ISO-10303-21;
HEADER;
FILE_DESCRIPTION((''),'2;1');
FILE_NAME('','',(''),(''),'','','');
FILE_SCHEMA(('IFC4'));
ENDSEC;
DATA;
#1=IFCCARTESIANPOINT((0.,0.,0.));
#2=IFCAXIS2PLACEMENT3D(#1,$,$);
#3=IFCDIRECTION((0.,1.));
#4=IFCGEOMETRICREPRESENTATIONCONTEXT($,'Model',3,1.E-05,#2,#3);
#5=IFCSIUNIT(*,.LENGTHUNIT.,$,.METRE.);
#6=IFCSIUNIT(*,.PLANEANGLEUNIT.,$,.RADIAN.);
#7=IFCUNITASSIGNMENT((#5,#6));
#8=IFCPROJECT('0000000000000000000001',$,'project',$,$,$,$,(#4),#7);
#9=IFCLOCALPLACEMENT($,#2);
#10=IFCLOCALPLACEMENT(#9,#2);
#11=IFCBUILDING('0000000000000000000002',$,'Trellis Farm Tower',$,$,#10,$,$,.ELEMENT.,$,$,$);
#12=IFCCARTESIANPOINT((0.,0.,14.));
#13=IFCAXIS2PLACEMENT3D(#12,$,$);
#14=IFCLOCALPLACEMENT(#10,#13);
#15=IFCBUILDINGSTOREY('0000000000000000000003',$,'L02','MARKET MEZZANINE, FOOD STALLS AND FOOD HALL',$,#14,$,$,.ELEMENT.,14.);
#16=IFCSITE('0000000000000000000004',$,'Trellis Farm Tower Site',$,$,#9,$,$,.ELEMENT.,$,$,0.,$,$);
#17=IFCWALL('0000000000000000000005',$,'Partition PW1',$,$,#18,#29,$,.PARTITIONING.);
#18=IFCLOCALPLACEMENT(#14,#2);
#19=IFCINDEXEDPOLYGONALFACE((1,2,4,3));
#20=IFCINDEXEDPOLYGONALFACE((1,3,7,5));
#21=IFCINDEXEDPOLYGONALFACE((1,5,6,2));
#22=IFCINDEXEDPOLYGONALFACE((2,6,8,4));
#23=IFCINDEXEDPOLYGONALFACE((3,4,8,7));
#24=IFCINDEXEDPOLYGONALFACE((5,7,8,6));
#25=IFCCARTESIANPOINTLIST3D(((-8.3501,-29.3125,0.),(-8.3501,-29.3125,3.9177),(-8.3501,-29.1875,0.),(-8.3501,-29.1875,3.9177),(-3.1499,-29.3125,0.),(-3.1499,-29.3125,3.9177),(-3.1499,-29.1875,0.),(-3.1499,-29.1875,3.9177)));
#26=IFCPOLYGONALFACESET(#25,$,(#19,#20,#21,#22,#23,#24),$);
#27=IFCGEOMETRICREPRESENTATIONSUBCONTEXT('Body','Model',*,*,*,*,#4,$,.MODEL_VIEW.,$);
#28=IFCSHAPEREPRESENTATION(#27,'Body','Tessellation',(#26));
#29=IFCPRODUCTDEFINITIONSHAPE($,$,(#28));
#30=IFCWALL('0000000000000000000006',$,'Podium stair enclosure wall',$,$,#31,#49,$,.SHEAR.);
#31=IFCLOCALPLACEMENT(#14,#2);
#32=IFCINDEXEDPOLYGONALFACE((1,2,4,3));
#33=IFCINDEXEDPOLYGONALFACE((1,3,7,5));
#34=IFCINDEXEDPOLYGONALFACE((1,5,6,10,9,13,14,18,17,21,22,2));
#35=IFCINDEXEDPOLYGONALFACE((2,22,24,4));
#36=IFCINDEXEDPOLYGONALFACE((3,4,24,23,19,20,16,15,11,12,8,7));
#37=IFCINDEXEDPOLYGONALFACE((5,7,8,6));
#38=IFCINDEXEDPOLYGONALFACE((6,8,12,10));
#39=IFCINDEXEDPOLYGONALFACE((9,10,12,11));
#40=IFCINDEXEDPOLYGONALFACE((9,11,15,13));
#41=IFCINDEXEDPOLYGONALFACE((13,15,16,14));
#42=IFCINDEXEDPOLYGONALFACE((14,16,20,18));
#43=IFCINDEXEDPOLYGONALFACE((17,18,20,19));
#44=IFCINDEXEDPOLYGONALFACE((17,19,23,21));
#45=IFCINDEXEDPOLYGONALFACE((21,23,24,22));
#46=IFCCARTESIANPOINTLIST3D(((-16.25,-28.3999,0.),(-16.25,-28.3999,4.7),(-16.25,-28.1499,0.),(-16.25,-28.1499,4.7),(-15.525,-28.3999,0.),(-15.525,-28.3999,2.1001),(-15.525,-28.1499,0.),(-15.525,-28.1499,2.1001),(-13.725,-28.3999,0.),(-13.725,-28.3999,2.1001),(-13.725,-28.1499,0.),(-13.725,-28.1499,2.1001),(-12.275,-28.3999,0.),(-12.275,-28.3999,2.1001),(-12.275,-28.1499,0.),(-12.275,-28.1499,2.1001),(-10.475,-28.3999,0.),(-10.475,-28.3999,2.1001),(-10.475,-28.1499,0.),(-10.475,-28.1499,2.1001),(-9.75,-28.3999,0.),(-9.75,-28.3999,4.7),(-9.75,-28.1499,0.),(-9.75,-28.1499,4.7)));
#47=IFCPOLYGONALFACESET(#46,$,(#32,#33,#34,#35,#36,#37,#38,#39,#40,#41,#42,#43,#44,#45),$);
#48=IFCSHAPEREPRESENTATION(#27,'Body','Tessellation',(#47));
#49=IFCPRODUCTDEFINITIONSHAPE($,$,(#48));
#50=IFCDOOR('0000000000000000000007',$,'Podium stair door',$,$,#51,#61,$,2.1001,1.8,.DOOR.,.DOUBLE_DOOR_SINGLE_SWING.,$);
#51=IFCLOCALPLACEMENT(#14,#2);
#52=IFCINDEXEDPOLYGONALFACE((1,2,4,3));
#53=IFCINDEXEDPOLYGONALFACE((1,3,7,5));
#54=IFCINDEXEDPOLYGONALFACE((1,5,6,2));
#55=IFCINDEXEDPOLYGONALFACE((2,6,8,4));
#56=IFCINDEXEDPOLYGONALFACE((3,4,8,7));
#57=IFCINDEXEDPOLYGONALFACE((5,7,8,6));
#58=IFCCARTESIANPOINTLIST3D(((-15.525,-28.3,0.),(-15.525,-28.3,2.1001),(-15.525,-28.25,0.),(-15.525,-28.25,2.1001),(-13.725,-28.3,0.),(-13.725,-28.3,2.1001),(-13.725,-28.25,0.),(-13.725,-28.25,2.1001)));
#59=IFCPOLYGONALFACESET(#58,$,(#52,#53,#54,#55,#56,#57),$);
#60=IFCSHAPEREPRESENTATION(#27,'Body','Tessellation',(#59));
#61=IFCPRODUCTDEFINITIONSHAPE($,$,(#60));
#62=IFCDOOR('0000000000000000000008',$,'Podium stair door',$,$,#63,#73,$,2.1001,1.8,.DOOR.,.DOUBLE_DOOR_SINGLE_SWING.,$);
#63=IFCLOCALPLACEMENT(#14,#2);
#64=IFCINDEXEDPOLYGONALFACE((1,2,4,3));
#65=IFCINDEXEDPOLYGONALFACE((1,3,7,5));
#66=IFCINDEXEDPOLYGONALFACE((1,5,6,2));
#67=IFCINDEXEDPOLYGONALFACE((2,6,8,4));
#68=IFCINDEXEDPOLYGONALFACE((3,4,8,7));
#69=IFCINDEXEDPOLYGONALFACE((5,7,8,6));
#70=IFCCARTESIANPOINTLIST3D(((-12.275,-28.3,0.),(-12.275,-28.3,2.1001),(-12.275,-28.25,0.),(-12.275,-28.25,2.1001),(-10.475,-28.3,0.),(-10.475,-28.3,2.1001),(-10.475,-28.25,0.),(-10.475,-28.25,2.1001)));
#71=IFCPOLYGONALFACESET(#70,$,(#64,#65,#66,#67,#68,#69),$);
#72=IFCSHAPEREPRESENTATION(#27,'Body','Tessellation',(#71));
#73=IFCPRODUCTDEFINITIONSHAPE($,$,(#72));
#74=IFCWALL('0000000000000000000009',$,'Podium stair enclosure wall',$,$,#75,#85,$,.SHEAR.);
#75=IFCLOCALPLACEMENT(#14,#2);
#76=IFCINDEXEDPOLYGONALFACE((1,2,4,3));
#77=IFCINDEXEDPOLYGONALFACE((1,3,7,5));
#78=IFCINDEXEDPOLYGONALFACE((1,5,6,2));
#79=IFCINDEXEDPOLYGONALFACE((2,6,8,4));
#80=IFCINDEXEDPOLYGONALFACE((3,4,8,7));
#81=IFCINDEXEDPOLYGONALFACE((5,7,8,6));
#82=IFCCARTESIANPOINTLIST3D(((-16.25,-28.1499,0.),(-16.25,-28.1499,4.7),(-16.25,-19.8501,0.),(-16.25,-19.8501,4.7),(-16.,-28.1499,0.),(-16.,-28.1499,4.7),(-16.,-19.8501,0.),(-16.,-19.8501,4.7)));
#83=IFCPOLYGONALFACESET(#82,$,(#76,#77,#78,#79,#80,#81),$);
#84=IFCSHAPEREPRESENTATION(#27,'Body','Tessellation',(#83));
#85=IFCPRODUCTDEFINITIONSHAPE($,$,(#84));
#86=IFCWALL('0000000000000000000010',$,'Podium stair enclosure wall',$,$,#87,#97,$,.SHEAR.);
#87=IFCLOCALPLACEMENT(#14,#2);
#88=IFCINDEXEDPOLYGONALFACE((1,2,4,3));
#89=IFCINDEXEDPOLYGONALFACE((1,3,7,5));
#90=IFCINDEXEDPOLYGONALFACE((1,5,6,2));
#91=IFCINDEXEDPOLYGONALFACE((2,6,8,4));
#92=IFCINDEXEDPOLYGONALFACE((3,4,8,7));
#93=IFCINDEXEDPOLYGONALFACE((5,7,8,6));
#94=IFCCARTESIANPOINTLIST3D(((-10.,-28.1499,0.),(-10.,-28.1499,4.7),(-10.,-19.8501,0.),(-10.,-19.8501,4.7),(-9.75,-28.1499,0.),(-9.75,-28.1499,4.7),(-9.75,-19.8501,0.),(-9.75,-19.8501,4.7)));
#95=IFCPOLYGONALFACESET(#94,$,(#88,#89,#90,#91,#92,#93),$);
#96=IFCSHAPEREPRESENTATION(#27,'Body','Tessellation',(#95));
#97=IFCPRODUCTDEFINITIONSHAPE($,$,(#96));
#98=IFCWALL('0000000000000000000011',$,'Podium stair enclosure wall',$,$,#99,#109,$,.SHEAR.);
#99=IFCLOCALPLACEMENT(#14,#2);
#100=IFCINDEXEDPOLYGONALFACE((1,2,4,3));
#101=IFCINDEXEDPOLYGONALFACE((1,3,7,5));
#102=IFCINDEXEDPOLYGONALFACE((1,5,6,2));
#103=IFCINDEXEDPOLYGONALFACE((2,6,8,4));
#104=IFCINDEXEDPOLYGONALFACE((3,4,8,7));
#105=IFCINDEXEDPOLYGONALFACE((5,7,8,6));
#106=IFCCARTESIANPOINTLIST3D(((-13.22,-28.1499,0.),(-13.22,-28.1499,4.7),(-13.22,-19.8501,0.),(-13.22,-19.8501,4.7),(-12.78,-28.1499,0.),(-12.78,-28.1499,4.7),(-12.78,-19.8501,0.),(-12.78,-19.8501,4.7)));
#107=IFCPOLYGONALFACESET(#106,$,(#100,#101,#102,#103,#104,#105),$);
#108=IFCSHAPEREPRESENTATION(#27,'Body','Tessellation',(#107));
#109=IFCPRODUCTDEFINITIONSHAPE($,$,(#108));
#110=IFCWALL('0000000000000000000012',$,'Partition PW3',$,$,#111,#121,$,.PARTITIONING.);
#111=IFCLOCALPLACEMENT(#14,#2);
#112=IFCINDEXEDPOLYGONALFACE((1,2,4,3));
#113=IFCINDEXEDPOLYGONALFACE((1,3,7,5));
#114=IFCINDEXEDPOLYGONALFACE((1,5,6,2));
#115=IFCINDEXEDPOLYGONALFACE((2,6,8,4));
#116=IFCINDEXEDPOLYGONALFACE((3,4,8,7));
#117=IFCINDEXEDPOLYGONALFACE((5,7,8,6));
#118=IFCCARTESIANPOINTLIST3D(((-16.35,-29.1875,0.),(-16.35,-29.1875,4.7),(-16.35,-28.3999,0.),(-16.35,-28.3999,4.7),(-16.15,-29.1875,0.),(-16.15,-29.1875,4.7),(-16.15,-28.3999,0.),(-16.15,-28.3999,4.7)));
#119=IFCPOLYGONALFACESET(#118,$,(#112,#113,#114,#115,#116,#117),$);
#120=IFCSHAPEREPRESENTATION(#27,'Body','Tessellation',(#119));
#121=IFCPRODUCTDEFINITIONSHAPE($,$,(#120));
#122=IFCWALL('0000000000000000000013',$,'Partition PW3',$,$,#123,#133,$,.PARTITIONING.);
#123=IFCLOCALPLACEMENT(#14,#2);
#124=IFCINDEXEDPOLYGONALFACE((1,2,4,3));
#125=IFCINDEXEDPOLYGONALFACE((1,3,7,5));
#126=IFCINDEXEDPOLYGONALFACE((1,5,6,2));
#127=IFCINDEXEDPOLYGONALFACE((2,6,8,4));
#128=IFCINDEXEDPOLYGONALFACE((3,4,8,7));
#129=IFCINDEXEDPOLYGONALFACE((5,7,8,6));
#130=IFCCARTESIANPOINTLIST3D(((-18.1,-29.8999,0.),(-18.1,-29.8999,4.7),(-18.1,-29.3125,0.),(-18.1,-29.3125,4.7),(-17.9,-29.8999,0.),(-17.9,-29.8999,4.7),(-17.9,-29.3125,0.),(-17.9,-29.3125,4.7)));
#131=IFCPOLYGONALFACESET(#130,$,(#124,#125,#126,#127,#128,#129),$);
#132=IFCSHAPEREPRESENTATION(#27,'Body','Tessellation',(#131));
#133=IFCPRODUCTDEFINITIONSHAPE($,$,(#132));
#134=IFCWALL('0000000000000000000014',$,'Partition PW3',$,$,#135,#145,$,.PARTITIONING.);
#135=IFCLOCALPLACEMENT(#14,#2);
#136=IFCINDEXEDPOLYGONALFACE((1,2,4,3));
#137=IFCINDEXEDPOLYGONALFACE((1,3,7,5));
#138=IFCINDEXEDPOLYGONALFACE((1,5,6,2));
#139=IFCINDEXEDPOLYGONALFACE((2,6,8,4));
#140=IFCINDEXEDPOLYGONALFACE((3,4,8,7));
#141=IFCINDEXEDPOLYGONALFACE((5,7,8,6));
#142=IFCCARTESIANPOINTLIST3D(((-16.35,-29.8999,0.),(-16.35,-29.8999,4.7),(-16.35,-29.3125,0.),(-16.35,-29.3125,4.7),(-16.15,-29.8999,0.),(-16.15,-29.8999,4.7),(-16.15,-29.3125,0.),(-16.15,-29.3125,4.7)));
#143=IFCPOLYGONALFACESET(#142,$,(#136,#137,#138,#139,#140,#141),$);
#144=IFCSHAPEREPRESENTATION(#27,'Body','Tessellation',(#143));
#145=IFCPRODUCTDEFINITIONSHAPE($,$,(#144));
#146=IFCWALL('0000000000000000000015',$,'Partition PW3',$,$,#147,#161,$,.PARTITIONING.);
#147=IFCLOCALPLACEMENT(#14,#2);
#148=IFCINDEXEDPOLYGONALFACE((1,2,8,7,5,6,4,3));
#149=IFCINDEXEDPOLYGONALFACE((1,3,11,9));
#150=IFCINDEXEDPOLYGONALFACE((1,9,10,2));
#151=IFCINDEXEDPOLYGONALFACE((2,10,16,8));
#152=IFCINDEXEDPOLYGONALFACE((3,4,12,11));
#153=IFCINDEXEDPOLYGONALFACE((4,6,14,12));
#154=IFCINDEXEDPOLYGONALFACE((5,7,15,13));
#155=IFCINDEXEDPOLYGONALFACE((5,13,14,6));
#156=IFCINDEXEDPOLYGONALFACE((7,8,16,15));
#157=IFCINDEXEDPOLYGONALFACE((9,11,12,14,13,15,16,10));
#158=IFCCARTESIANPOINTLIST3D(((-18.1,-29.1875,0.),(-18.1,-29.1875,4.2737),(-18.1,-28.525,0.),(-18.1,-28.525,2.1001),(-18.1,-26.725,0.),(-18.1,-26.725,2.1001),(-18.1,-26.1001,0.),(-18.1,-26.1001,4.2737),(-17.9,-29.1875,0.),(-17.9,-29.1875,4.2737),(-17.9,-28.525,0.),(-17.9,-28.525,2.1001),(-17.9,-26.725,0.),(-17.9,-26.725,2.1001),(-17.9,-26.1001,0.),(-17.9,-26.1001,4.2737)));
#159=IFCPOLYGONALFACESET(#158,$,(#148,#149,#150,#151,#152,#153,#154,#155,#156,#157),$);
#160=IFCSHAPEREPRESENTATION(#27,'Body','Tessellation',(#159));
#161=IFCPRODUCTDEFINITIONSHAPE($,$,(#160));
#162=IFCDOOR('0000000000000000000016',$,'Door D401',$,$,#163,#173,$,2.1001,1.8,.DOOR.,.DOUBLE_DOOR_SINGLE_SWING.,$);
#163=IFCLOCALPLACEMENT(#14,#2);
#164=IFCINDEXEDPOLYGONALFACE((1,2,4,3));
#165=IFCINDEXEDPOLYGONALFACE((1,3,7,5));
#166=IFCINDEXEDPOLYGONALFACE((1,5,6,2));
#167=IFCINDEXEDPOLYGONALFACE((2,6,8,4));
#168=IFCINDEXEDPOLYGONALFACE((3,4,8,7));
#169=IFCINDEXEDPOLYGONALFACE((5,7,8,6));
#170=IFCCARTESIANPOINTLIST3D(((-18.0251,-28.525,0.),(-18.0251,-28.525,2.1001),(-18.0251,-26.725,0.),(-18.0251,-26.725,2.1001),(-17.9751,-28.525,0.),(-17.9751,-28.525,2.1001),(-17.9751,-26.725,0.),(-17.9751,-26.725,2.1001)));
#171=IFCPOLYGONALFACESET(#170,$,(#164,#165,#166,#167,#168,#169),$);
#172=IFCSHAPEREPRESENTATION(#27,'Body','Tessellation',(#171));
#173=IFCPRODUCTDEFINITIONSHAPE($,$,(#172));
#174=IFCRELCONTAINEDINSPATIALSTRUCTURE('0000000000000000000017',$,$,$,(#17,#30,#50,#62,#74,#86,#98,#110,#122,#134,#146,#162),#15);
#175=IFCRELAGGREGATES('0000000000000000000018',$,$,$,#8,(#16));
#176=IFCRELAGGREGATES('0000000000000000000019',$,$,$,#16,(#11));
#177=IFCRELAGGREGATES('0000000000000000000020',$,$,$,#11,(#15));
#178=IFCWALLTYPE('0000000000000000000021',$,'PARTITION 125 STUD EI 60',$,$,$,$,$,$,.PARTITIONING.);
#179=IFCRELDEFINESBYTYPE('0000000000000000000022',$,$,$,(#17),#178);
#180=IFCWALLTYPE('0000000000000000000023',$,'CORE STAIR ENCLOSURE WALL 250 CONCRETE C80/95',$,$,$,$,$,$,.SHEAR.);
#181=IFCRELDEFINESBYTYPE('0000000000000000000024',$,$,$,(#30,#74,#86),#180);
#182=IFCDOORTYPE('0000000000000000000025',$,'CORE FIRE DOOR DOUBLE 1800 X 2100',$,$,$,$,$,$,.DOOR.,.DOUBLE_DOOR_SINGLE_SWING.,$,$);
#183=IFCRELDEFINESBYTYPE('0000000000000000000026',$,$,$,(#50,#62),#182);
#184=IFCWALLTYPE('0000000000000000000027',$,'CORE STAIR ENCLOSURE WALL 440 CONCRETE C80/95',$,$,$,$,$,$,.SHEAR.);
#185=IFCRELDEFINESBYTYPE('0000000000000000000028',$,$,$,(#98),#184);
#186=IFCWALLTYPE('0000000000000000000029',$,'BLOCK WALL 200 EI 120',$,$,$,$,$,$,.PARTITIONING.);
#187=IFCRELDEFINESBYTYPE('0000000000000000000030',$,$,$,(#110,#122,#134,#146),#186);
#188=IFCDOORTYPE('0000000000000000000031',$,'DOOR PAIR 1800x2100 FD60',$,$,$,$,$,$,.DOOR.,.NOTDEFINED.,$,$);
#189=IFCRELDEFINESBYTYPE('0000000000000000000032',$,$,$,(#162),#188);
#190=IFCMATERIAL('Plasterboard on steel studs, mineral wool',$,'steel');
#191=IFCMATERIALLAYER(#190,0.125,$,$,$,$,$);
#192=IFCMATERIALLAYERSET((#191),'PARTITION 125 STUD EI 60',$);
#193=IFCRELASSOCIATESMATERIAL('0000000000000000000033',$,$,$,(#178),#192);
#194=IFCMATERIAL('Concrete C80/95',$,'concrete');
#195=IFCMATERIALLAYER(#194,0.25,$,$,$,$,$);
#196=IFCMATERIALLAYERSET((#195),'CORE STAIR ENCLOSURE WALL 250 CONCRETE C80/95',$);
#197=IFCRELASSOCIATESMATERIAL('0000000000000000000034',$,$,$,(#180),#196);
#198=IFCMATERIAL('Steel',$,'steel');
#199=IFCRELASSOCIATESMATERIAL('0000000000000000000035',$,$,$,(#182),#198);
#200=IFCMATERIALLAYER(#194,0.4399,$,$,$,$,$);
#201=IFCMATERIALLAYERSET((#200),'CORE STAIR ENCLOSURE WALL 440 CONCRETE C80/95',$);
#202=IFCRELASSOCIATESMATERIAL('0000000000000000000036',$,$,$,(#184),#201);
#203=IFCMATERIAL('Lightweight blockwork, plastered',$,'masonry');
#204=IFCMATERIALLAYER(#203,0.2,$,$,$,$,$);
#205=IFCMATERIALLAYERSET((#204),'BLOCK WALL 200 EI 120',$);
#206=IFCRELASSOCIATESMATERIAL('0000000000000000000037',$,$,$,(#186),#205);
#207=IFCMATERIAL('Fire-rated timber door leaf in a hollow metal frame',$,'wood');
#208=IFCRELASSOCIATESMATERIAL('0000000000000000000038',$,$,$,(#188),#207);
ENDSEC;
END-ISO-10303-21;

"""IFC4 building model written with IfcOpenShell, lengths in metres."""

from ifc_helpers import new_model, si_unit, direction, frame, frame_2d, origin, place, context, subcontext, project, spatial, rectangle, extrude, source, transform, mapped, material, layer, layer_set, type_object, element, fill, save


model = new_model("IFC4")

# Units and contexts
model_context = context("Model", 3, precision=1e-05, world=origin(), true_north=direction((0.0, 1.0)))
body_context = subcontext(model_context, "Body", "Model", "MODEL_VIEW")
ifc_project = project(units=[si_unit("LENGTHUNIT", "METRE"), si_unit("PLANEANGLEUNIT", "RADIAN")], contexts=[model_context])

# Site, building, storey
site_placement = place(None, origin())
site = spatial("IfcSite", under=ifc_project, at=site_placement, Name="Trellis Farm Tower Site", CompositionType="ELEMENT", RefElevation=0.0)
building_placement = place(site_placement, origin())
building = spatial("IfcBuilding", under=site, at=building_placement, Name="Trellis Farm Tower", CompositionType="ELEMENT")
storey_placement = place(building_placement, frame((0.0, 0.0, 14.0)))
storey = spatial("IfcBuildingStorey", under=building, at=storey_placement, Name="L02", Description="MARKET MEZZANINE, FOOD STALLS AND FOOD HALL", CompositionType="ELEMENT", Elevation=14.0)

# Wall
ifc_material_1 = material(Name="Plasterboard on steel studs, mineral wool", Category="steel")
ifc_layer_1 = layer(ifc_material_1, 0.125)
ifc_layer_set_1 = layer_set([ifc_layer_1], Name="PARTITION 125 STUD EI 60")
wall_type_1 = type_object("IfcWallType", Name="PARTITION 125 STUD EI 60", PredefinedType="PARTITIONING", material=ifc_layer_set_1)
wall_1_placement = place(storey_placement, frame((-3.1499, -29.25, 0.0), z_axis=(0.0, 0.0, 1.0), x_axis=(-1.0, 0.0, 0.0)))
element("IfcWall", 1, at=wall_1_placement, inside=storey, type_object=wall_type_1, Name="Partition PW1", PredefinedType="PARTITIONING", context=body_context, shape_type="SweptSolid", body=[
    extrude(rectangle(XDim=5.2002, YDim=0.125, at=frame_2d((2.6001, 0.0))), origin(), (0.0, 0.0, 1.0), 3.9177),
])

# Wall, openings, doors
ifc_material_2 = material(Name="Concrete C80/95", Category="concrete")
ifc_layer_2 = layer(ifc_material_2, 0.25)
ifc_layer_set_2 = layer_set([ifc_layer_2], Name="CORE STAIR ENCLOSURE WALL 250 CONCRETE C80/95")
wall_type_2 = type_object("IfcWallType", Name="CORE STAIR ENCLOSURE WALL 250 CONCRETE C80/95", PredefinedType="SHEAR", material=ifc_layer_set_2)
shared_shape_1 = source(origin(), body_context, "Body", "SweptSolid", [
    extrude(rectangle(XDim=6.5, YDim=0.25, at=frame_2d((3.25, 0.0))), origin(), (0.0, 0.0, 1.0), 4.7),
])
wall_2_placement = place(storey_placement, frame((-16.25, -28.2749, 0.0), z_axis=(0.0, 0.0, 1.0), x_axis=(1.0, 0.0, 0.0)))
wall_2 = element("IfcWall", 2, at=wall_2_placement, inside=storey, type_object=wall_type_2, Name="Podium stair enclosure wall", PredefinedType="SHEAR", context=body_context, shape_type="MappedRepresentation", body=[
    mapped(shared_shape_1, transform((0.0, 0.0, 0.0))),
])
shared_shape_2 = source(origin(), body_context, "Body", "SweptSolid", [
    extrude(rectangle(XDim=1.8, YDim=2.1001, at=frame_2d((0.8999, 1.05))), frame((0.0, 0.135, 0.0), z_axis=(0.0, -1.0, 0.0), x_axis=(1.0, 0.0, 0.0)), (0.0, 0.0, 1.0), 0.27),
])
opening_1_placement = place(wall_2_placement, frame((0.7251, 0.0, 0.0)))
opening_1 = element("IfcOpeningElement", 3, at=opening_1_placement, cuts=wall_2, PredefinedType="OPENING", context=body_context, shape_type="MappedRepresentation", body=[
    mapped(shared_shape_2, transform((0.0, 0.0, 0.0))),
])
opening_2_placement = place(wall_2_placement, frame((3.9751, 0.0, 0.0)))
opening_2 = element("IfcOpeningElement", 4, at=opening_2_placement, cuts=wall_2, PredefinedType="OPENING", context=body_context, shape_type="MappedRepresentation", body=[
    mapped(shared_shape_2, transform((0.0, 0.0, 0.0))),
])
ifc_material_3 = material(Name="Steel", Category="steel")
door_type_1 = type_object("IfcDoorType", Name="CORE FIRE DOOR DOUBLE 1800 X 2100", OperationType="DOUBLE_DOOR_SINGLE_SWING", PredefinedType="DOOR", material=ifc_material_3)
shared_shape_3 = source(origin(), body_context, "Body", "SweptSolid", [
    extrude(rectangle(XDim=1.8, YDim=2.1001, at=frame_2d((0.8999, 1.05))), frame((0.0, 0.0249, 0.0), z_axis=(0.0, -1.0, 0.0), x_axis=(1.0, 0.0, 0.0)), (0.0, 0.0, 1.0), 0.05),
])
door_1_placement = place(opening_1_placement, origin())
door_1 = element("IfcDoor", 5, at=door_1_placement, inside=storey, type_object=door_type_1, Name="Podium stair door", OperationType="DOUBLE_DOOR_SINGLE_SWING", OverallHeight=2.1001, OverallWidth=1.8, PredefinedType="DOOR", context=body_context, shape_type="MappedRepresentation", body=[
    mapped(shared_shape_3, transform((0.0, 0.0, 0.0))),
])
fill(opening_1, door_1)
door_2_placement = place(opening_2_placement, origin())
door_2 = element("IfcDoor", 6, at=door_2_placement, inside=storey, type_object=door_type_1, Name="Podium stair door", OperationType="DOUBLE_DOOR_SINGLE_SWING", OverallHeight=2.1001, OverallWidth=1.8, PredefinedType="DOOR", context=body_context, shape_type="MappedRepresentation", body=[
    mapped(shared_shape_3, transform((0.0, 0.0, 0.0))),
])
fill(opening_2, door_2)

# Walls
shared_shape_4 = source(origin(), body_context, "Body", "SweptSolid", [
    extrude(rectangle(XDim=8.2998, YDim=0.25, at=frame_2d((4.1499, 0.0))), origin(), (0.0, 0.0, 1.0), 4.7),
])
for number, where, z_axis, x_axis, name in (
    (7, (-16.125, -28.1499, 0.0), (0.0, 0.0, 1.0), (0.0, 1.0, 0.0), "Podium stair enclosure wall"),
    (8, (-9.875, -28.1499, 0.0), (0.0, 0.0, 1.0), (0.0, 1.0, 0.0), "Podium stair enclosure wall"),
):
    element("IfcWall", number, at=place(storey_placement, frame(where, z_axis=z_axis, x_axis=x_axis)), inside=storey, type_object=wall_type_2, Name=name, PredefinedType="SHEAR", context=body_context, shape_type="MappedRepresentation", body=[
        mapped(shared_shape_4, transform((0.0, 0.0, 0.0))),
    ])
ifc_layer_3 = layer(ifc_material_2, 0.4399)
ifc_layer_set_3 = layer_set([ifc_layer_3], Name="CORE STAIR ENCLOSURE WALL 440 CONCRETE C80/95")
wall_type_3 = type_object("IfcWallType", Name="CORE STAIR ENCLOSURE WALL 440 CONCRETE C80/95", PredefinedType="SHEAR", material=ifc_layer_set_3)
shared_shape_5 = source(origin(), body_context, "Body", "SweptSolid", [
    extrude(rectangle(XDim=8.2998, YDim=0.4399, at=frame_2d((4.1499, 0.0))), origin(), (0.0, 0.0, 1.0), 4.7),
])
wall_3_placement = place(storey_placement, frame((-13.0, -28.1499, 0.0), z_axis=(0.0, 0.0, 1.0), x_axis=(0.0, 1.0, 0.0)))
element("IfcWall", 9, at=wall_3_placement, inside=storey, type_object=wall_type_3, Name="Podium stair enclosure wall", PredefinedType="SHEAR", context=body_context, shape_type="MappedRepresentation", body=[
    mapped(shared_shape_5, transform((0.0, 0.0, 0.0))),
])
ifc_material_4 = material(Name="Lightweight blockwork, plastered", Category="masonry")
ifc_layer_4 = layer(ifc_material_4, 0.2)
ifc_layer_set_4 = layer_set([ifc_layer_4], Name="BLOCK WALL 200 EI 120")
wall_type_4 = type_object("IfcWallType", Name="BLOCK WALL 200 EI 120", PredefinedType="PARTITIONING", material=ifc_layer_set_4)
shared_shape_6 = source(origin(), body_context, "Body", "SweptSolid", [
    extrude(rectangle(XDim=0.7876, YDim=0.2, at=frame_2d((0.3938, 0.0))), origin(), (0.0, 0.0, 1.0), 4.7),
])
wall_4_placement = place(storey_placement, frame((-16.25, -29.1875, 0.0), z_axis=(0.0, 0.0, 1.0), x_axis=(0.0, 1.0, 0.0)))
element("IfcWall", 10, at=wall_4_placement, inside=storey, type_object=wall_type_4, Name="Partition PW3", PredefinedType="PARTITIONING", context=body_context, shape_type="MappedRepresentation", body=[
    mapped(shared_shape_6, transform((0.0, 0.0, 0.0))),
])
shared_shape_7 = source(origin(), body_context, "Body", "SweptSolid", [
    extrude(rectangle(XDim=0.5874, YDim=0.2, at=frame_2d((0.2937, 0.0))), origin(), (0.0, 0.0, 1.0), 4.7),
])
for number, where, z_axis, x_axis, name in (
    (11, (-18.0, -29.3125, 0.0), (0.0, 0.0, 1.0), (0.0, -1.0, 0.0), "Partition PW3"),
    (12, (-16.25, -29.3125, 0.0), (0.0, 0.0, 1.0), (0.0, -1.0, 0.0), "Partition PW3"),
):
    element("IfcWall", number, at=place(storey_placement, frame(where, z_axis=z_axis, x_axis=x_axis)), inside=storey, type_object=wall_type_4, Name=name, PredefinedType="PARTITIONING", context=body_context, shape_type="MappedRepresentation", body=[
        mapped(shared_shape_7, transform((0.0, 0.0, 0.0))),
    ])

# Wall, opening, door
shared_shape_8 = source(origin(), body_context, "Body", "SweptSolid", [
    extrude(rectangle(XDim=3.0874, YDim=0.2, at=frame_2d((1.5437, 0.0))), origin(), (0.0, 0.0, 1.0), 4.2737),
])
wall_5_placement = place(storey_placement, frame((-18.0, -26.1001, 0.0), z_axis=(0.0, 0.0, 1.0), x_axis=(0.0, -1.0, 0.0)))
wall_5 = element("IfcWall", 13, at=wall_5_placement, inside=storey, type_object=wall_type_4, Name="Partition PW3", PredefinedType="PARTITIONING", context=body_context, shape_type="MappedRepresentation", body=[
    mapped(shared_shape_8, transform((0.0, 0.0, 0.0))),
])
shared_shape_9 = source(origin(), body_context, "Body", "SweptSolid", [
    extrude(rectangle(XDim=1.8, YDim=2.1001, at=frame_2d((0.8999, 1.05))), frame((0.0, 0.1101, 0.0), z_axis=(0.0, -1.0, 0.0), x_axis=(1.0, 0.0, 0.0)), (0.0, 0.0, 1.0), 0.2202),
])
opening_3_placement = place(wall_5_placement, frame((0.625, 0.0, 0.0)))
opening_3 = element("IfcOpeningElement", 14, at=opening_3_placement, cuts=wall_5, PredefinedType="OPENING", context=body_context, shape_type="MappedRepresentation", body=[
    mapped(shared_shape_9, transform((0.0, 0.0, 0.0))),
])
ifc_material_5 = material(Name="Fire-rated timber door leaf in a hollow metal frame", Category="wood")
door_type_2 = type_object("IfcDoorType", Name="DOOR PAIR 1800x2100 FD60", OperationType="NOTDEFINED", PredefinedType="DOOR", material=ifc_material_5)
door_3_placement = place(opening_3_placement, origin())
door_3 = element("IfcDoor", 15, at=door_3_placement, inside=storey, type_object=door_type_2, Name="Door D401", OperationType="DOUBLE_DOOR_SINGLE_SWING", OverallHeight=2.1001, OverallWidth=1.8, PredefinedType="DOOR", context=body_context, shape_type="MappedRepresentation", body=[
    mapped(shared_shape_3, transform((0.0, 0.0, 0.0))),
])
fill(opening_3, door_3)

save(model, "model.ifc")
